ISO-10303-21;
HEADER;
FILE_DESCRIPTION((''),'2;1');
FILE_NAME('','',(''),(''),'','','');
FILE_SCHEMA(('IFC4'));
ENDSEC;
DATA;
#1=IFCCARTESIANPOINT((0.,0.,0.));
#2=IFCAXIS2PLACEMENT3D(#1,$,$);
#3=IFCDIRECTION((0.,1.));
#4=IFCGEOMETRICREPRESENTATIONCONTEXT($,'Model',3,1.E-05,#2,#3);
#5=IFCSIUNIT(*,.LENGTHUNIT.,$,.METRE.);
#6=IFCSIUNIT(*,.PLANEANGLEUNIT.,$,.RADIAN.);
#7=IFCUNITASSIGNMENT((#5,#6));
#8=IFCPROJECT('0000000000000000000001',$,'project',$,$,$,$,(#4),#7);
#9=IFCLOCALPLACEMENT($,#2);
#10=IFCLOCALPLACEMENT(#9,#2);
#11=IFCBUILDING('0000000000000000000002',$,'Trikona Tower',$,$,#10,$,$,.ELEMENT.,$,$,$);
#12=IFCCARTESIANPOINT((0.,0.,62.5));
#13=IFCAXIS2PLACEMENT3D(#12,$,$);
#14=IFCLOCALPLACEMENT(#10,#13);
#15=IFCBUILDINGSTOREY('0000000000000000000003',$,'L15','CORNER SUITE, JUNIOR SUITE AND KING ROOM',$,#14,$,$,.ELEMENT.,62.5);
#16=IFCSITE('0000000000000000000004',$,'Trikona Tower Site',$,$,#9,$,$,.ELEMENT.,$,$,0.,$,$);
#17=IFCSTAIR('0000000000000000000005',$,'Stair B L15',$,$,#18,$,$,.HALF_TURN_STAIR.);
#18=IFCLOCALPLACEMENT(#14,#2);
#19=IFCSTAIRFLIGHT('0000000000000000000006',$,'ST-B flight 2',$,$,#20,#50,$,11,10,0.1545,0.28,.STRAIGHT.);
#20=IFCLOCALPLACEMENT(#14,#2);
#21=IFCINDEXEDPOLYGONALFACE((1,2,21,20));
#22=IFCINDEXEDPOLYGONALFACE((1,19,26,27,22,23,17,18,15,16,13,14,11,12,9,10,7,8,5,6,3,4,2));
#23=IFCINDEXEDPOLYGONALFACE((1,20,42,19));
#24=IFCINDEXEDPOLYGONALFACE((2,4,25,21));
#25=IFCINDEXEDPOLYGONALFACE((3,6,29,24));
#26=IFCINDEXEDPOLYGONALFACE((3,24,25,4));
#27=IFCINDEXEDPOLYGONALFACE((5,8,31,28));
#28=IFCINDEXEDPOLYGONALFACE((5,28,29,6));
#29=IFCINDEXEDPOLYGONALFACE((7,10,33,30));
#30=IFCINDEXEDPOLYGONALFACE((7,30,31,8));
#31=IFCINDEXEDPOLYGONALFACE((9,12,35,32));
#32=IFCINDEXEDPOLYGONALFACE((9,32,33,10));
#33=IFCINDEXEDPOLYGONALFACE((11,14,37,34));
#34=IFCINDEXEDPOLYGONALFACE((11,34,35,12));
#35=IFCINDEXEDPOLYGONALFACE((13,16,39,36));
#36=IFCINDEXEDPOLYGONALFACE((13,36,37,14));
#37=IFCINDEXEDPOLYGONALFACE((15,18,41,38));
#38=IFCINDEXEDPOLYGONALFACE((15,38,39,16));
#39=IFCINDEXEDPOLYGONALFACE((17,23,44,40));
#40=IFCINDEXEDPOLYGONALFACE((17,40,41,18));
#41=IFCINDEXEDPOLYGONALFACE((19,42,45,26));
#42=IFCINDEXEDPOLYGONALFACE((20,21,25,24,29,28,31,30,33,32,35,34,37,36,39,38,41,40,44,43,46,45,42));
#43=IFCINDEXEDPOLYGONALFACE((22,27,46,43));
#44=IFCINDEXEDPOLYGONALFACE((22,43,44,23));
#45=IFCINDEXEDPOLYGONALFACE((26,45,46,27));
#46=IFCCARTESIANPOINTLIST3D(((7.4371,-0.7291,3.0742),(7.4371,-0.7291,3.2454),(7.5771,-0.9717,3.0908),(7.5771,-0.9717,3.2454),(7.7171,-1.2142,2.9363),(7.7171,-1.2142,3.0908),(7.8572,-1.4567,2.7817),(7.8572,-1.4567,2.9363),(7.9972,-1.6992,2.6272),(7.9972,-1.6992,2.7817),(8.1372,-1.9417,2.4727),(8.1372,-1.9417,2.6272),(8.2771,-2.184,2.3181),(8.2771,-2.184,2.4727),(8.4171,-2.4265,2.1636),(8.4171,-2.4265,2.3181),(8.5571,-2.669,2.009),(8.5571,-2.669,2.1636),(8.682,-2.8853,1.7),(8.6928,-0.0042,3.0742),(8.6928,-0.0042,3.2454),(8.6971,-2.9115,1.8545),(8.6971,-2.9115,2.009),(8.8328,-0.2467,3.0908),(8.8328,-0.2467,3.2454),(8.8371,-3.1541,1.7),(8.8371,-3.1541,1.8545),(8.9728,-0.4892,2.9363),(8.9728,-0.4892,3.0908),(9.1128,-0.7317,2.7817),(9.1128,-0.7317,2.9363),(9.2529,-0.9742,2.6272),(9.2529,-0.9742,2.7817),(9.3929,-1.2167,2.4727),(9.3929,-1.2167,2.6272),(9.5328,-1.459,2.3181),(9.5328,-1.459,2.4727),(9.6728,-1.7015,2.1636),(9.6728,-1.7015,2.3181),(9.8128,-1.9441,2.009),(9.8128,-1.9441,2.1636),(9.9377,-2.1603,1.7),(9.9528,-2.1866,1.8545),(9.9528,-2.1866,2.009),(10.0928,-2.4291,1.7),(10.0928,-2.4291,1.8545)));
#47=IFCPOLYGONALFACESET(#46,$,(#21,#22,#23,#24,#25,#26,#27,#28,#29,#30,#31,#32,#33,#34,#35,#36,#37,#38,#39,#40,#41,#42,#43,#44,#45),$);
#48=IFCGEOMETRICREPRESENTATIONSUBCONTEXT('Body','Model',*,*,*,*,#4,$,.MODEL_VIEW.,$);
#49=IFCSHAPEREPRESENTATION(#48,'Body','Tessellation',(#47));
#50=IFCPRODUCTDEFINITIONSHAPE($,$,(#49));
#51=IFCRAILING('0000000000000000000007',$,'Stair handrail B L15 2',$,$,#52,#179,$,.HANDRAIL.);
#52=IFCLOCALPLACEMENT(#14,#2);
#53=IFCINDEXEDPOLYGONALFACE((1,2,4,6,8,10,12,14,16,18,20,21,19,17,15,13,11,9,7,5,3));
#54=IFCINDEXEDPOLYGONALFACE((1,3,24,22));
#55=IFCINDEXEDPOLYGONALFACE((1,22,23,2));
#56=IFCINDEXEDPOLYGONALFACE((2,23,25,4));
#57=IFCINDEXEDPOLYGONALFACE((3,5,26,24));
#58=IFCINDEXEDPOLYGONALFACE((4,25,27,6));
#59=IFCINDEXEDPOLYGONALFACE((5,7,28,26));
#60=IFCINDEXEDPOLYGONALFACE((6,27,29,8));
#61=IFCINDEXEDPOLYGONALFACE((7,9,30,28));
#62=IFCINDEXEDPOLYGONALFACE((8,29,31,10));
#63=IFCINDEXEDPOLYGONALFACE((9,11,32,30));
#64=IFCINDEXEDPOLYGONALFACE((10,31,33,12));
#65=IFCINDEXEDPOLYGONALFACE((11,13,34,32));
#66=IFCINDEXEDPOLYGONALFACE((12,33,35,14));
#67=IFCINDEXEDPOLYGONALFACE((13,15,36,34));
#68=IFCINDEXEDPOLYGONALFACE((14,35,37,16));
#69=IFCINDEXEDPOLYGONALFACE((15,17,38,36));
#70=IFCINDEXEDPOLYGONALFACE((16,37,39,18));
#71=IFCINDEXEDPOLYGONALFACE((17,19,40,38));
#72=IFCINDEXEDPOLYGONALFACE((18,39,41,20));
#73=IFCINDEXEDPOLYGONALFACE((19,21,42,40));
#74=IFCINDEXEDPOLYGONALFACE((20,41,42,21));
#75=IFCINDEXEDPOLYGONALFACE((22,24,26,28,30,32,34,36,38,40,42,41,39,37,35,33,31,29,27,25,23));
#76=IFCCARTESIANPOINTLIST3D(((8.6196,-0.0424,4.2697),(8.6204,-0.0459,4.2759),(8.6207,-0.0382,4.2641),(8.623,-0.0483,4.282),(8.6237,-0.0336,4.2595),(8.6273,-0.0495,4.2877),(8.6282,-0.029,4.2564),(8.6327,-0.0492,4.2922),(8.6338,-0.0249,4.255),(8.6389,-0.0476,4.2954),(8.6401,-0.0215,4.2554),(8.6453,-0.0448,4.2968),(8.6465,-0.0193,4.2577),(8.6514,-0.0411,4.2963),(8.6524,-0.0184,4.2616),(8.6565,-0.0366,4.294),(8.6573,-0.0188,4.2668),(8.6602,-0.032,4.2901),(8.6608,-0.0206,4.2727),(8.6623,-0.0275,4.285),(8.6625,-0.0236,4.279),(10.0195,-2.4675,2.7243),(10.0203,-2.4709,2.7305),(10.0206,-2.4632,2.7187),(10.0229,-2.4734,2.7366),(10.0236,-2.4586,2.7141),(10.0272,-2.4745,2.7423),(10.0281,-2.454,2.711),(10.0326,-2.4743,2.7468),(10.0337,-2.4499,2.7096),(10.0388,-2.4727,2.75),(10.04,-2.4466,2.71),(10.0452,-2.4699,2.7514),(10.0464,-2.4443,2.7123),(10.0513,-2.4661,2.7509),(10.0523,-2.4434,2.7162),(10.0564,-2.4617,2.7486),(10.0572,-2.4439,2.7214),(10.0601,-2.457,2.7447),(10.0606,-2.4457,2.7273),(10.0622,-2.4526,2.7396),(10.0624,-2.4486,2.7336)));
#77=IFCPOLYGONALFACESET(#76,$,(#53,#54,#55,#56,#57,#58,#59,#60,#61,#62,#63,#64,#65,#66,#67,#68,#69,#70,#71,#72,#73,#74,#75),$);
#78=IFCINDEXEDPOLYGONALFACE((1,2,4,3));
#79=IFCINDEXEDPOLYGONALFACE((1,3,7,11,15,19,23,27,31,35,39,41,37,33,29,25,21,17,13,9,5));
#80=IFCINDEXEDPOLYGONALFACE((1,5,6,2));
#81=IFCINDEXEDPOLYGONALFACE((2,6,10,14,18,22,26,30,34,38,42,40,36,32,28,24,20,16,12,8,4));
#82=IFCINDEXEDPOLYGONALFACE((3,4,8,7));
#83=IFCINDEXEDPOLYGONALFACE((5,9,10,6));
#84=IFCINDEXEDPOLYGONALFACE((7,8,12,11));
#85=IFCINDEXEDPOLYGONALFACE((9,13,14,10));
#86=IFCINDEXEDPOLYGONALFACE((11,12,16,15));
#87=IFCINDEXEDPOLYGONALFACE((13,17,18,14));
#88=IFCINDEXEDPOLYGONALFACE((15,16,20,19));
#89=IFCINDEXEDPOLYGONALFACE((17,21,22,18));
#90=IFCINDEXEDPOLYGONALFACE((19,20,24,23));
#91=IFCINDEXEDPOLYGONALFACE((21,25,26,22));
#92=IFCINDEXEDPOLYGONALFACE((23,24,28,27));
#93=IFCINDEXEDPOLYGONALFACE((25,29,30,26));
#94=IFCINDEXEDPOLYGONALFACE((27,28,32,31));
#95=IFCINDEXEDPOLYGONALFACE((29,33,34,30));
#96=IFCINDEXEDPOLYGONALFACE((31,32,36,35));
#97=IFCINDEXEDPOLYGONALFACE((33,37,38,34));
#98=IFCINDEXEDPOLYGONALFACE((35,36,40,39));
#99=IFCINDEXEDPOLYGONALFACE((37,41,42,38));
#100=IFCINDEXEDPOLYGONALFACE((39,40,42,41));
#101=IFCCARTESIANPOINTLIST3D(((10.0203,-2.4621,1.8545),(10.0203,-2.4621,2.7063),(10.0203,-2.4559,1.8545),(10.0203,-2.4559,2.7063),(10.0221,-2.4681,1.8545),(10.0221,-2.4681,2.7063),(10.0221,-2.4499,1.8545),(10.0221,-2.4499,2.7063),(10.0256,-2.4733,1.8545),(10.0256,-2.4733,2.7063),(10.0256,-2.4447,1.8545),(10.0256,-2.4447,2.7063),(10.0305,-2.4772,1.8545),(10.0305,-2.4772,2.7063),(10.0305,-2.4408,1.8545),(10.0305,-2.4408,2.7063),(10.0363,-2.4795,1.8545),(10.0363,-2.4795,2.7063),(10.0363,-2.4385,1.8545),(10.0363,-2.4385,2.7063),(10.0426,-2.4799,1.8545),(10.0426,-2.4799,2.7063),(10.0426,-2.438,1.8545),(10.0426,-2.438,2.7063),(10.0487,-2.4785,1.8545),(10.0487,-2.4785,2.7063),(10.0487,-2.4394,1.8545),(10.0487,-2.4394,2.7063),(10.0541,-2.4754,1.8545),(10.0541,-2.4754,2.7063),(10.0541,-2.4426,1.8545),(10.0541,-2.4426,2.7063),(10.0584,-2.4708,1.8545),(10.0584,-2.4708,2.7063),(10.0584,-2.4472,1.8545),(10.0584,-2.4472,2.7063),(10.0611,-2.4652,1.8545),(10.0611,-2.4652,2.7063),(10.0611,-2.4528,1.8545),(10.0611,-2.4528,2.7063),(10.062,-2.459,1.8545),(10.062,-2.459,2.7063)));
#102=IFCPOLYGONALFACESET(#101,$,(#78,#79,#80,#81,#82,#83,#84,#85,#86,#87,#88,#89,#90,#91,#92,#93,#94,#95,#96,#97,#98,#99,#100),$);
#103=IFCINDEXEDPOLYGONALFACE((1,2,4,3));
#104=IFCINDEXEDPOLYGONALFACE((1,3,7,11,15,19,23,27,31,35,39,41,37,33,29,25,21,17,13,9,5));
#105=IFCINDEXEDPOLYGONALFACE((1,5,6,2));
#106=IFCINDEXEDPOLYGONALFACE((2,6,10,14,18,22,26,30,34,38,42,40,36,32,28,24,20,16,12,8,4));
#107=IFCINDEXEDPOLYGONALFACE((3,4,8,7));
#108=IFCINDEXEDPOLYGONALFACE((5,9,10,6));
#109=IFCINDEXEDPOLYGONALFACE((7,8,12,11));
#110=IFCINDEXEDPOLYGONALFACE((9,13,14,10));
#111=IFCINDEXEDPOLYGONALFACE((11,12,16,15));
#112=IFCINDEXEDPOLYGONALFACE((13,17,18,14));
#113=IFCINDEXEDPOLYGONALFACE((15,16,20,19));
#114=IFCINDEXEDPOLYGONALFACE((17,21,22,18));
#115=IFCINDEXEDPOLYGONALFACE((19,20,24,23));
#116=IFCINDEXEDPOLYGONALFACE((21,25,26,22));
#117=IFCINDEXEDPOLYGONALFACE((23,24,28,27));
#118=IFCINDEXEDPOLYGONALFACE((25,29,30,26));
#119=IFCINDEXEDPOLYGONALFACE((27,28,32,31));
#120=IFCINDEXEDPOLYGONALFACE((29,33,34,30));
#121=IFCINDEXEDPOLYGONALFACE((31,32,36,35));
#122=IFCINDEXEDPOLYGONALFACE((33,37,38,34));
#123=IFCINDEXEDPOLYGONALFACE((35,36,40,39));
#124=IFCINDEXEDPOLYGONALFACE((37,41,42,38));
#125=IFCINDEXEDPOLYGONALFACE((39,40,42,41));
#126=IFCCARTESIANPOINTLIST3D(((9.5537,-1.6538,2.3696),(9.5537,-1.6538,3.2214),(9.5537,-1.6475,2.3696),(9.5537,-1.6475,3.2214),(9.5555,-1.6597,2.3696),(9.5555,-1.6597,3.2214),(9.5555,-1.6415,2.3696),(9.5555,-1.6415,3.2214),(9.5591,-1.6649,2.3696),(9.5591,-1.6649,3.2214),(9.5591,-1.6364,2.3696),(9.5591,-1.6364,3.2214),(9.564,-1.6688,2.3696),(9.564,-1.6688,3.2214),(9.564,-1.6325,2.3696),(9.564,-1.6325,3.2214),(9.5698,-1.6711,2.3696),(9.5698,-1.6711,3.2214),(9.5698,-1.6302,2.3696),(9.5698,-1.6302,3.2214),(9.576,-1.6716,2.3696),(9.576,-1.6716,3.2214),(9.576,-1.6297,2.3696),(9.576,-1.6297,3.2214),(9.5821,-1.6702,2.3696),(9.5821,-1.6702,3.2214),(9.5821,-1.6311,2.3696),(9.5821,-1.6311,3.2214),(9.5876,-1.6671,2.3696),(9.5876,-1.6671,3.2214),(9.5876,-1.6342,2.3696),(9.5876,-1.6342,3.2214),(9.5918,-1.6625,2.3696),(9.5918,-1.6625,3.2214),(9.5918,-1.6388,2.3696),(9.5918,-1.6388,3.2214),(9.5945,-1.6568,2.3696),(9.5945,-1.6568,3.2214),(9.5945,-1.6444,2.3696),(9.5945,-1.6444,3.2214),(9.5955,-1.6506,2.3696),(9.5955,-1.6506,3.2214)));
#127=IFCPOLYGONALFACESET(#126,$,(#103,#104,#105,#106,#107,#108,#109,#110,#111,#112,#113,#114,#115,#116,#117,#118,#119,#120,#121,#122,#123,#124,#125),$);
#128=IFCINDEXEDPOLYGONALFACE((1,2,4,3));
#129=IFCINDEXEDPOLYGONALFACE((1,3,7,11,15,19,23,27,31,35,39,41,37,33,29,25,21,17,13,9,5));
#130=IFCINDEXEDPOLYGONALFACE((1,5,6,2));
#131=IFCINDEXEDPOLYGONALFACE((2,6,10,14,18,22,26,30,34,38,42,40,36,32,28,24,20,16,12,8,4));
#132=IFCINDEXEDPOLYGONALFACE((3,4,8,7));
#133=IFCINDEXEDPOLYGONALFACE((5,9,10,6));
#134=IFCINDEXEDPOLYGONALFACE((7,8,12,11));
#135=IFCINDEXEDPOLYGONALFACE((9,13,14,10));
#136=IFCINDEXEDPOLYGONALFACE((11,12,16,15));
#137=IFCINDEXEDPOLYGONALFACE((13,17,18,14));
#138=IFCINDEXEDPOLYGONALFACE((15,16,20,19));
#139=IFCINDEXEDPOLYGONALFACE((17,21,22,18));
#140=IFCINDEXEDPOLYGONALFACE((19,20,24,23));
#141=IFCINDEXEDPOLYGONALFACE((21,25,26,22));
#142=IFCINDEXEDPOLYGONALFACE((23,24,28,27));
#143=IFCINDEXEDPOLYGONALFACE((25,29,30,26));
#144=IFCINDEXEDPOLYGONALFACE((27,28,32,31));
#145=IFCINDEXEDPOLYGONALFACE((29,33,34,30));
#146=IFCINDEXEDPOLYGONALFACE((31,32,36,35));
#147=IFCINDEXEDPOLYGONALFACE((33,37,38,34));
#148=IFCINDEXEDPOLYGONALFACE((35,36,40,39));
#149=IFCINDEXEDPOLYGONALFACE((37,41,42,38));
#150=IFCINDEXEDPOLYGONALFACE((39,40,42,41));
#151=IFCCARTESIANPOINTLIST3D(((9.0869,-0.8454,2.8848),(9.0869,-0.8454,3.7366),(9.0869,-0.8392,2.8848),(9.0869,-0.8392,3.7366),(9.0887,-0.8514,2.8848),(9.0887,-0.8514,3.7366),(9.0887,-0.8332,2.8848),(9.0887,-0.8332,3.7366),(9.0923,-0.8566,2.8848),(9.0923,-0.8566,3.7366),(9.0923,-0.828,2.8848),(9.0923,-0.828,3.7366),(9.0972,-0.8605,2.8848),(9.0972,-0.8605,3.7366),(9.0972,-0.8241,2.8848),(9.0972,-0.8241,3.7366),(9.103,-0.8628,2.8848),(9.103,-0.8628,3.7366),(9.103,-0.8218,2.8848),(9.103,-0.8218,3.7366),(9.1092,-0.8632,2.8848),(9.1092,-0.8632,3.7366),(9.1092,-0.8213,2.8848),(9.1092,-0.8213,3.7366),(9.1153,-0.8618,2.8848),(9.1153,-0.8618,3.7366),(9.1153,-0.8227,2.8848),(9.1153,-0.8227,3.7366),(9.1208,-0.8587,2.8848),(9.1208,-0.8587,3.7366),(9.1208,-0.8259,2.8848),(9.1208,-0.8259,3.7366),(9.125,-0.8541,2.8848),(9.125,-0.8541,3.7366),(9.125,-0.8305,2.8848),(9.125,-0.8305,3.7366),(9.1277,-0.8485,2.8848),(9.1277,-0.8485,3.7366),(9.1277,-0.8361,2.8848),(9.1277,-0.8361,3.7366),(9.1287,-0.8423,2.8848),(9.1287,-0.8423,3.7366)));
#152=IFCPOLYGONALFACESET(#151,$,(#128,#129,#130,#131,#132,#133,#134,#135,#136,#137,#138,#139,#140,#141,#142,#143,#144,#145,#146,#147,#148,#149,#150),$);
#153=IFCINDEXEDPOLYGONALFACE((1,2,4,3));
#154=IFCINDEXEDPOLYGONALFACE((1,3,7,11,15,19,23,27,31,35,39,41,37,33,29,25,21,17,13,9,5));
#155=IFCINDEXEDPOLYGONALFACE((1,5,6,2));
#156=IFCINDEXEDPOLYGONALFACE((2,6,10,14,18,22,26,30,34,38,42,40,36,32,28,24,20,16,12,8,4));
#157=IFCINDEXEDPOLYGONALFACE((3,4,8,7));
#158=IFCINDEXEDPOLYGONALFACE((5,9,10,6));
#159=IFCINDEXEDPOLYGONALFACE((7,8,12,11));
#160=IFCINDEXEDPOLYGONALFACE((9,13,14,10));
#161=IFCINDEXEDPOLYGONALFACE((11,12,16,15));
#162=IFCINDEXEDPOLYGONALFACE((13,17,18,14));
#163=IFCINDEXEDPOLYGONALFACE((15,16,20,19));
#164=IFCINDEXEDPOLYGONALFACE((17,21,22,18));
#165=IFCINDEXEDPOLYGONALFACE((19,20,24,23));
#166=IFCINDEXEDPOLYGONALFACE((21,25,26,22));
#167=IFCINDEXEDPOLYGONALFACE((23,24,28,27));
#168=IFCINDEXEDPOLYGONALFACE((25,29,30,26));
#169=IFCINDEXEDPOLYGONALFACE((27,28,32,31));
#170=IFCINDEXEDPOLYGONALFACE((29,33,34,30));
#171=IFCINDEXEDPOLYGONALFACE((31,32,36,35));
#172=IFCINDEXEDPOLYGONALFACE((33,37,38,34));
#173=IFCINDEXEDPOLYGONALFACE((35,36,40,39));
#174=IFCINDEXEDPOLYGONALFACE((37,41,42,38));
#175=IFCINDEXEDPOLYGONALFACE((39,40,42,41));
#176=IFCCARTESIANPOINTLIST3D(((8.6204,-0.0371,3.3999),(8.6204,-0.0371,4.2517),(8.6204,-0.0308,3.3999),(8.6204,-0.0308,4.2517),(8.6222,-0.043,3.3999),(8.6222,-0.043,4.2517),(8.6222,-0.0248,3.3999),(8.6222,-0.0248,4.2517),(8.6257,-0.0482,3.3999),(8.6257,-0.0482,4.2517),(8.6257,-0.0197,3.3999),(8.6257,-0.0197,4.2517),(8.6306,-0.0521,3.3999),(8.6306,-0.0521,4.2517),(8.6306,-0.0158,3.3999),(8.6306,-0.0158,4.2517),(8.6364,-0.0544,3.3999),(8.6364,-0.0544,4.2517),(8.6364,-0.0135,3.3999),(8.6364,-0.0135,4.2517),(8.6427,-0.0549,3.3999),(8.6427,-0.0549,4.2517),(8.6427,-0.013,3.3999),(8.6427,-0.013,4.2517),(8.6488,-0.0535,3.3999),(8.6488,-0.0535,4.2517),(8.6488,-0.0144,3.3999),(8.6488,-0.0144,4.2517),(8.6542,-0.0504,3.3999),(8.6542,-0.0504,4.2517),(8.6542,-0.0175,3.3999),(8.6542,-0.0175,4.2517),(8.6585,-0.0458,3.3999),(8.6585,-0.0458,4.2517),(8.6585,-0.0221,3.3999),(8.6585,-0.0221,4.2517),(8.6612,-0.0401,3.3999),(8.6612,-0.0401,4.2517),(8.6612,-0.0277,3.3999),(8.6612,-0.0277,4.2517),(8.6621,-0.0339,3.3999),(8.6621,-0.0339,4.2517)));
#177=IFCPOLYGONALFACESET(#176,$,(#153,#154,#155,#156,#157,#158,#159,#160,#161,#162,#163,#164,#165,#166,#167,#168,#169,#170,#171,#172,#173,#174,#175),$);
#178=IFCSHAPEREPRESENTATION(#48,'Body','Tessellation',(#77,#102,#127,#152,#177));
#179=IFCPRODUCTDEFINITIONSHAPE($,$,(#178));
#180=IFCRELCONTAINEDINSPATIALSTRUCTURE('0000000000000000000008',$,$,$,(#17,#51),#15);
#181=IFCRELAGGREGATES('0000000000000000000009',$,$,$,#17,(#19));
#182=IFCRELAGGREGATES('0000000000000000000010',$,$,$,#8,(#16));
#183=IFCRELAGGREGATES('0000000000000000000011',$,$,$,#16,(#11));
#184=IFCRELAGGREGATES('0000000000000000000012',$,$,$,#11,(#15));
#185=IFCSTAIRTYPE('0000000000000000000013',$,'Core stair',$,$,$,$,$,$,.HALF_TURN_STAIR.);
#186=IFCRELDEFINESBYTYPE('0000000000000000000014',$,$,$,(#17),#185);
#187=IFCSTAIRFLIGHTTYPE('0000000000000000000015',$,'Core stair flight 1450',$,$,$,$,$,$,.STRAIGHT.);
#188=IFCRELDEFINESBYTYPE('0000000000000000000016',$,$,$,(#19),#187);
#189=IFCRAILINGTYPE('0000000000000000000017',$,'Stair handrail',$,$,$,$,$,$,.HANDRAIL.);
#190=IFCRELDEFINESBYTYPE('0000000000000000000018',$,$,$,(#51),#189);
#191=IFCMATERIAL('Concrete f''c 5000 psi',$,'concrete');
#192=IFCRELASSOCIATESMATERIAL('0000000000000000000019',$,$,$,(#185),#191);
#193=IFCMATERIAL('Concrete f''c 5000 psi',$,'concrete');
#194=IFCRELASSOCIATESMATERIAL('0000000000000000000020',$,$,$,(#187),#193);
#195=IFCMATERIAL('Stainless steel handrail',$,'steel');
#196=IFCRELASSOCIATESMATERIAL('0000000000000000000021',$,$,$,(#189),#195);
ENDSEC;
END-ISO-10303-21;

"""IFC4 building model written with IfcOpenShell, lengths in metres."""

from ifc_helpers import new_model, si_unit, direction, frame, origin, origin_2d, place, context, subcontext, project, spatial, polyline, circle, outline, extrude, material, type_object, element, aggregate, save


model = new_model("IFC4")

# Units and contexts
model_context = context("Model", 3, precision=1e-05, world=origin(), true_north=direction((0.0, 1.0)))
body_context = subcontext(model_context, "Body", "Model", "MODEL_VIEW")
ifc_project = project(units=[si_unit("LENGTHUNIT", "METRE"), si_unit("PLANEANGLEUNIT", "RADIAN")], contexts=[model_context])

# Site, building, storey
site_placement = place(None, origin())
site = spatial("IfcSite", under=ifc_project, at=site_placement, Name="Trikona Tower Site", CompositionType="ELEMENT", RefElevation=0.0)
building_placement = place(site_placement, origin())
building = spatial("IfcBuilding", under=site, at=building_placement, Name="Trikona Tower", CompositionType="ELEMENT")
storey_placement = place(building_placement, frame((0.0, 0.0, 62.5)))
storey = spatial("IfcBuildingStorey", under=building, at=storey_placement, Name="L15", Description="CORNER SUITE, JUNIOR SUITE AND KING ROOM", CompositionType="ELEMENT", Elevation=62.5)

# Stair, stair flight
ifc_material_1 = material(Name="Concrete f'c 5000 psi", Category="concrete")
stair_type = type_object("IfcStairType", Name="Core stair", PredefinedType="HALF_TURN_STAIR", material=ifc_material_1)
stair_placement = place(storey_placement, origin())
stair = element("IfcStair", 1, at=stair_placement, inside=storey, type_object=stair_type, Name="Stair B L15", PredefinedType="HALF_TURN_STAIR")
ifc_material_2 = material(Name="Concrete f'c 5000 psi", Category="concrete")
stair_flight_type = type_object("IfcStairFlightType", Name="Core stair flight 1450", PredefinedType="STRAIGHT", material=ifc_material_2)
stair_flight_placement = place(storey_placement, frame((9.4651, -2.7915, 1.7), z_axis=(0.0, 0.0, 1.0), x_axis=(-0.5, 0.866025, 0.0)))
stair_flight = element("IfcStairFlight", 2, at=stair_flight_placement, type_object=stair_flight_type, Name="ST-B flight 2", NumberOfRisers=11, NumberOfTreads=10, PredefinedType="STRAIGHT", RiserHeight=0.1545, TreadLength=0.28, context=body_context, shape_type="SweptSolid", body=[
    extrude(outline(polyline([(0.0, 0.0), (0.0, 0.1545), (0.28, 0.1545), (0.28, 0.3091), (0.5601, 0.3091), (0.5601, 0.4636), (0.8401, 0.4636), (0.8401, 0.6182), (1.1201, 0.6182), (1.1201, 0.7727), (1.3999, 0.7727), (1.3999, 0.9272), (1.6799, 0.9272), (1.6799, 1.0818), (1.96, 1.0818), (1.96, 1.2363), (2.24, 1.2363), (2.24, 1.3909), (2.52, 1.3909), (2.52, 1.5454), (2.8, 1.5454), (2.8, 1.7), (2.8, 1.3743), (0.3103, 0.0), (0.0, 0.0)])), frame((0.0, 0.7251, 0.0), z_axis=(0.0, -1.0, 0.0), x_axis=(1.0, 0.0, 0.0)), (0.0, 0.0, 1.0), 1.45),
])
aggregate(stair, [stair_flight])

# Railing
ifc_material_3 = material(Name="Stainless steel handrail", Category="steel")
railing_type = type_object("IfcRailingType", Name="Stair handrail", PredefinedType="HANDRAIL", material=ifc_material_3)
railing_placement = place(storey_placement, frame((10.041, -2.459, 1.8545)))
element("IfcRailing", 3, at=railing_placement, inside=storey, type_object=railing_type, Name="Stair handrail B L15 2", PredefinedType="HANDRAIL", context=body_context, shape_type="SweptSolid", body=[
    extrude(circle(Radius=0.0239, at=origin_2d()), frame((0.0, 0.0, 0.876), z_axis=(-0.437707, 0.75824, 0.483203), x_axis=(-0.866056, -0.499946, 0.0)), (0.0, 0.0, 1.0), 3.1982),
    extrude(circle(Radius=0.021, at=origin_2d()), origin(), (0.0, 0.0, 1.0), 0.8518),
    extrude(circle(Radius=0.021, at=origin_2d()), frame((-0.4666, 0.8083, 0.5151)), (0.0, 0.0, 1.0), 0.8518),
    extrude(circle(Radius=0.021, at=origin_2d()), frame((-0.9333, 1.6167, 1.0303)), (0.0, 0.0, 1.0), 0.8518),
    extrude(circle(Radius=0.021, at=origin_2d()), frame((-1.3999, 2.425, 1.5454)), (0.0, 0.0, 1.0), 0.8518),
])

save(model, "model.ifc")
